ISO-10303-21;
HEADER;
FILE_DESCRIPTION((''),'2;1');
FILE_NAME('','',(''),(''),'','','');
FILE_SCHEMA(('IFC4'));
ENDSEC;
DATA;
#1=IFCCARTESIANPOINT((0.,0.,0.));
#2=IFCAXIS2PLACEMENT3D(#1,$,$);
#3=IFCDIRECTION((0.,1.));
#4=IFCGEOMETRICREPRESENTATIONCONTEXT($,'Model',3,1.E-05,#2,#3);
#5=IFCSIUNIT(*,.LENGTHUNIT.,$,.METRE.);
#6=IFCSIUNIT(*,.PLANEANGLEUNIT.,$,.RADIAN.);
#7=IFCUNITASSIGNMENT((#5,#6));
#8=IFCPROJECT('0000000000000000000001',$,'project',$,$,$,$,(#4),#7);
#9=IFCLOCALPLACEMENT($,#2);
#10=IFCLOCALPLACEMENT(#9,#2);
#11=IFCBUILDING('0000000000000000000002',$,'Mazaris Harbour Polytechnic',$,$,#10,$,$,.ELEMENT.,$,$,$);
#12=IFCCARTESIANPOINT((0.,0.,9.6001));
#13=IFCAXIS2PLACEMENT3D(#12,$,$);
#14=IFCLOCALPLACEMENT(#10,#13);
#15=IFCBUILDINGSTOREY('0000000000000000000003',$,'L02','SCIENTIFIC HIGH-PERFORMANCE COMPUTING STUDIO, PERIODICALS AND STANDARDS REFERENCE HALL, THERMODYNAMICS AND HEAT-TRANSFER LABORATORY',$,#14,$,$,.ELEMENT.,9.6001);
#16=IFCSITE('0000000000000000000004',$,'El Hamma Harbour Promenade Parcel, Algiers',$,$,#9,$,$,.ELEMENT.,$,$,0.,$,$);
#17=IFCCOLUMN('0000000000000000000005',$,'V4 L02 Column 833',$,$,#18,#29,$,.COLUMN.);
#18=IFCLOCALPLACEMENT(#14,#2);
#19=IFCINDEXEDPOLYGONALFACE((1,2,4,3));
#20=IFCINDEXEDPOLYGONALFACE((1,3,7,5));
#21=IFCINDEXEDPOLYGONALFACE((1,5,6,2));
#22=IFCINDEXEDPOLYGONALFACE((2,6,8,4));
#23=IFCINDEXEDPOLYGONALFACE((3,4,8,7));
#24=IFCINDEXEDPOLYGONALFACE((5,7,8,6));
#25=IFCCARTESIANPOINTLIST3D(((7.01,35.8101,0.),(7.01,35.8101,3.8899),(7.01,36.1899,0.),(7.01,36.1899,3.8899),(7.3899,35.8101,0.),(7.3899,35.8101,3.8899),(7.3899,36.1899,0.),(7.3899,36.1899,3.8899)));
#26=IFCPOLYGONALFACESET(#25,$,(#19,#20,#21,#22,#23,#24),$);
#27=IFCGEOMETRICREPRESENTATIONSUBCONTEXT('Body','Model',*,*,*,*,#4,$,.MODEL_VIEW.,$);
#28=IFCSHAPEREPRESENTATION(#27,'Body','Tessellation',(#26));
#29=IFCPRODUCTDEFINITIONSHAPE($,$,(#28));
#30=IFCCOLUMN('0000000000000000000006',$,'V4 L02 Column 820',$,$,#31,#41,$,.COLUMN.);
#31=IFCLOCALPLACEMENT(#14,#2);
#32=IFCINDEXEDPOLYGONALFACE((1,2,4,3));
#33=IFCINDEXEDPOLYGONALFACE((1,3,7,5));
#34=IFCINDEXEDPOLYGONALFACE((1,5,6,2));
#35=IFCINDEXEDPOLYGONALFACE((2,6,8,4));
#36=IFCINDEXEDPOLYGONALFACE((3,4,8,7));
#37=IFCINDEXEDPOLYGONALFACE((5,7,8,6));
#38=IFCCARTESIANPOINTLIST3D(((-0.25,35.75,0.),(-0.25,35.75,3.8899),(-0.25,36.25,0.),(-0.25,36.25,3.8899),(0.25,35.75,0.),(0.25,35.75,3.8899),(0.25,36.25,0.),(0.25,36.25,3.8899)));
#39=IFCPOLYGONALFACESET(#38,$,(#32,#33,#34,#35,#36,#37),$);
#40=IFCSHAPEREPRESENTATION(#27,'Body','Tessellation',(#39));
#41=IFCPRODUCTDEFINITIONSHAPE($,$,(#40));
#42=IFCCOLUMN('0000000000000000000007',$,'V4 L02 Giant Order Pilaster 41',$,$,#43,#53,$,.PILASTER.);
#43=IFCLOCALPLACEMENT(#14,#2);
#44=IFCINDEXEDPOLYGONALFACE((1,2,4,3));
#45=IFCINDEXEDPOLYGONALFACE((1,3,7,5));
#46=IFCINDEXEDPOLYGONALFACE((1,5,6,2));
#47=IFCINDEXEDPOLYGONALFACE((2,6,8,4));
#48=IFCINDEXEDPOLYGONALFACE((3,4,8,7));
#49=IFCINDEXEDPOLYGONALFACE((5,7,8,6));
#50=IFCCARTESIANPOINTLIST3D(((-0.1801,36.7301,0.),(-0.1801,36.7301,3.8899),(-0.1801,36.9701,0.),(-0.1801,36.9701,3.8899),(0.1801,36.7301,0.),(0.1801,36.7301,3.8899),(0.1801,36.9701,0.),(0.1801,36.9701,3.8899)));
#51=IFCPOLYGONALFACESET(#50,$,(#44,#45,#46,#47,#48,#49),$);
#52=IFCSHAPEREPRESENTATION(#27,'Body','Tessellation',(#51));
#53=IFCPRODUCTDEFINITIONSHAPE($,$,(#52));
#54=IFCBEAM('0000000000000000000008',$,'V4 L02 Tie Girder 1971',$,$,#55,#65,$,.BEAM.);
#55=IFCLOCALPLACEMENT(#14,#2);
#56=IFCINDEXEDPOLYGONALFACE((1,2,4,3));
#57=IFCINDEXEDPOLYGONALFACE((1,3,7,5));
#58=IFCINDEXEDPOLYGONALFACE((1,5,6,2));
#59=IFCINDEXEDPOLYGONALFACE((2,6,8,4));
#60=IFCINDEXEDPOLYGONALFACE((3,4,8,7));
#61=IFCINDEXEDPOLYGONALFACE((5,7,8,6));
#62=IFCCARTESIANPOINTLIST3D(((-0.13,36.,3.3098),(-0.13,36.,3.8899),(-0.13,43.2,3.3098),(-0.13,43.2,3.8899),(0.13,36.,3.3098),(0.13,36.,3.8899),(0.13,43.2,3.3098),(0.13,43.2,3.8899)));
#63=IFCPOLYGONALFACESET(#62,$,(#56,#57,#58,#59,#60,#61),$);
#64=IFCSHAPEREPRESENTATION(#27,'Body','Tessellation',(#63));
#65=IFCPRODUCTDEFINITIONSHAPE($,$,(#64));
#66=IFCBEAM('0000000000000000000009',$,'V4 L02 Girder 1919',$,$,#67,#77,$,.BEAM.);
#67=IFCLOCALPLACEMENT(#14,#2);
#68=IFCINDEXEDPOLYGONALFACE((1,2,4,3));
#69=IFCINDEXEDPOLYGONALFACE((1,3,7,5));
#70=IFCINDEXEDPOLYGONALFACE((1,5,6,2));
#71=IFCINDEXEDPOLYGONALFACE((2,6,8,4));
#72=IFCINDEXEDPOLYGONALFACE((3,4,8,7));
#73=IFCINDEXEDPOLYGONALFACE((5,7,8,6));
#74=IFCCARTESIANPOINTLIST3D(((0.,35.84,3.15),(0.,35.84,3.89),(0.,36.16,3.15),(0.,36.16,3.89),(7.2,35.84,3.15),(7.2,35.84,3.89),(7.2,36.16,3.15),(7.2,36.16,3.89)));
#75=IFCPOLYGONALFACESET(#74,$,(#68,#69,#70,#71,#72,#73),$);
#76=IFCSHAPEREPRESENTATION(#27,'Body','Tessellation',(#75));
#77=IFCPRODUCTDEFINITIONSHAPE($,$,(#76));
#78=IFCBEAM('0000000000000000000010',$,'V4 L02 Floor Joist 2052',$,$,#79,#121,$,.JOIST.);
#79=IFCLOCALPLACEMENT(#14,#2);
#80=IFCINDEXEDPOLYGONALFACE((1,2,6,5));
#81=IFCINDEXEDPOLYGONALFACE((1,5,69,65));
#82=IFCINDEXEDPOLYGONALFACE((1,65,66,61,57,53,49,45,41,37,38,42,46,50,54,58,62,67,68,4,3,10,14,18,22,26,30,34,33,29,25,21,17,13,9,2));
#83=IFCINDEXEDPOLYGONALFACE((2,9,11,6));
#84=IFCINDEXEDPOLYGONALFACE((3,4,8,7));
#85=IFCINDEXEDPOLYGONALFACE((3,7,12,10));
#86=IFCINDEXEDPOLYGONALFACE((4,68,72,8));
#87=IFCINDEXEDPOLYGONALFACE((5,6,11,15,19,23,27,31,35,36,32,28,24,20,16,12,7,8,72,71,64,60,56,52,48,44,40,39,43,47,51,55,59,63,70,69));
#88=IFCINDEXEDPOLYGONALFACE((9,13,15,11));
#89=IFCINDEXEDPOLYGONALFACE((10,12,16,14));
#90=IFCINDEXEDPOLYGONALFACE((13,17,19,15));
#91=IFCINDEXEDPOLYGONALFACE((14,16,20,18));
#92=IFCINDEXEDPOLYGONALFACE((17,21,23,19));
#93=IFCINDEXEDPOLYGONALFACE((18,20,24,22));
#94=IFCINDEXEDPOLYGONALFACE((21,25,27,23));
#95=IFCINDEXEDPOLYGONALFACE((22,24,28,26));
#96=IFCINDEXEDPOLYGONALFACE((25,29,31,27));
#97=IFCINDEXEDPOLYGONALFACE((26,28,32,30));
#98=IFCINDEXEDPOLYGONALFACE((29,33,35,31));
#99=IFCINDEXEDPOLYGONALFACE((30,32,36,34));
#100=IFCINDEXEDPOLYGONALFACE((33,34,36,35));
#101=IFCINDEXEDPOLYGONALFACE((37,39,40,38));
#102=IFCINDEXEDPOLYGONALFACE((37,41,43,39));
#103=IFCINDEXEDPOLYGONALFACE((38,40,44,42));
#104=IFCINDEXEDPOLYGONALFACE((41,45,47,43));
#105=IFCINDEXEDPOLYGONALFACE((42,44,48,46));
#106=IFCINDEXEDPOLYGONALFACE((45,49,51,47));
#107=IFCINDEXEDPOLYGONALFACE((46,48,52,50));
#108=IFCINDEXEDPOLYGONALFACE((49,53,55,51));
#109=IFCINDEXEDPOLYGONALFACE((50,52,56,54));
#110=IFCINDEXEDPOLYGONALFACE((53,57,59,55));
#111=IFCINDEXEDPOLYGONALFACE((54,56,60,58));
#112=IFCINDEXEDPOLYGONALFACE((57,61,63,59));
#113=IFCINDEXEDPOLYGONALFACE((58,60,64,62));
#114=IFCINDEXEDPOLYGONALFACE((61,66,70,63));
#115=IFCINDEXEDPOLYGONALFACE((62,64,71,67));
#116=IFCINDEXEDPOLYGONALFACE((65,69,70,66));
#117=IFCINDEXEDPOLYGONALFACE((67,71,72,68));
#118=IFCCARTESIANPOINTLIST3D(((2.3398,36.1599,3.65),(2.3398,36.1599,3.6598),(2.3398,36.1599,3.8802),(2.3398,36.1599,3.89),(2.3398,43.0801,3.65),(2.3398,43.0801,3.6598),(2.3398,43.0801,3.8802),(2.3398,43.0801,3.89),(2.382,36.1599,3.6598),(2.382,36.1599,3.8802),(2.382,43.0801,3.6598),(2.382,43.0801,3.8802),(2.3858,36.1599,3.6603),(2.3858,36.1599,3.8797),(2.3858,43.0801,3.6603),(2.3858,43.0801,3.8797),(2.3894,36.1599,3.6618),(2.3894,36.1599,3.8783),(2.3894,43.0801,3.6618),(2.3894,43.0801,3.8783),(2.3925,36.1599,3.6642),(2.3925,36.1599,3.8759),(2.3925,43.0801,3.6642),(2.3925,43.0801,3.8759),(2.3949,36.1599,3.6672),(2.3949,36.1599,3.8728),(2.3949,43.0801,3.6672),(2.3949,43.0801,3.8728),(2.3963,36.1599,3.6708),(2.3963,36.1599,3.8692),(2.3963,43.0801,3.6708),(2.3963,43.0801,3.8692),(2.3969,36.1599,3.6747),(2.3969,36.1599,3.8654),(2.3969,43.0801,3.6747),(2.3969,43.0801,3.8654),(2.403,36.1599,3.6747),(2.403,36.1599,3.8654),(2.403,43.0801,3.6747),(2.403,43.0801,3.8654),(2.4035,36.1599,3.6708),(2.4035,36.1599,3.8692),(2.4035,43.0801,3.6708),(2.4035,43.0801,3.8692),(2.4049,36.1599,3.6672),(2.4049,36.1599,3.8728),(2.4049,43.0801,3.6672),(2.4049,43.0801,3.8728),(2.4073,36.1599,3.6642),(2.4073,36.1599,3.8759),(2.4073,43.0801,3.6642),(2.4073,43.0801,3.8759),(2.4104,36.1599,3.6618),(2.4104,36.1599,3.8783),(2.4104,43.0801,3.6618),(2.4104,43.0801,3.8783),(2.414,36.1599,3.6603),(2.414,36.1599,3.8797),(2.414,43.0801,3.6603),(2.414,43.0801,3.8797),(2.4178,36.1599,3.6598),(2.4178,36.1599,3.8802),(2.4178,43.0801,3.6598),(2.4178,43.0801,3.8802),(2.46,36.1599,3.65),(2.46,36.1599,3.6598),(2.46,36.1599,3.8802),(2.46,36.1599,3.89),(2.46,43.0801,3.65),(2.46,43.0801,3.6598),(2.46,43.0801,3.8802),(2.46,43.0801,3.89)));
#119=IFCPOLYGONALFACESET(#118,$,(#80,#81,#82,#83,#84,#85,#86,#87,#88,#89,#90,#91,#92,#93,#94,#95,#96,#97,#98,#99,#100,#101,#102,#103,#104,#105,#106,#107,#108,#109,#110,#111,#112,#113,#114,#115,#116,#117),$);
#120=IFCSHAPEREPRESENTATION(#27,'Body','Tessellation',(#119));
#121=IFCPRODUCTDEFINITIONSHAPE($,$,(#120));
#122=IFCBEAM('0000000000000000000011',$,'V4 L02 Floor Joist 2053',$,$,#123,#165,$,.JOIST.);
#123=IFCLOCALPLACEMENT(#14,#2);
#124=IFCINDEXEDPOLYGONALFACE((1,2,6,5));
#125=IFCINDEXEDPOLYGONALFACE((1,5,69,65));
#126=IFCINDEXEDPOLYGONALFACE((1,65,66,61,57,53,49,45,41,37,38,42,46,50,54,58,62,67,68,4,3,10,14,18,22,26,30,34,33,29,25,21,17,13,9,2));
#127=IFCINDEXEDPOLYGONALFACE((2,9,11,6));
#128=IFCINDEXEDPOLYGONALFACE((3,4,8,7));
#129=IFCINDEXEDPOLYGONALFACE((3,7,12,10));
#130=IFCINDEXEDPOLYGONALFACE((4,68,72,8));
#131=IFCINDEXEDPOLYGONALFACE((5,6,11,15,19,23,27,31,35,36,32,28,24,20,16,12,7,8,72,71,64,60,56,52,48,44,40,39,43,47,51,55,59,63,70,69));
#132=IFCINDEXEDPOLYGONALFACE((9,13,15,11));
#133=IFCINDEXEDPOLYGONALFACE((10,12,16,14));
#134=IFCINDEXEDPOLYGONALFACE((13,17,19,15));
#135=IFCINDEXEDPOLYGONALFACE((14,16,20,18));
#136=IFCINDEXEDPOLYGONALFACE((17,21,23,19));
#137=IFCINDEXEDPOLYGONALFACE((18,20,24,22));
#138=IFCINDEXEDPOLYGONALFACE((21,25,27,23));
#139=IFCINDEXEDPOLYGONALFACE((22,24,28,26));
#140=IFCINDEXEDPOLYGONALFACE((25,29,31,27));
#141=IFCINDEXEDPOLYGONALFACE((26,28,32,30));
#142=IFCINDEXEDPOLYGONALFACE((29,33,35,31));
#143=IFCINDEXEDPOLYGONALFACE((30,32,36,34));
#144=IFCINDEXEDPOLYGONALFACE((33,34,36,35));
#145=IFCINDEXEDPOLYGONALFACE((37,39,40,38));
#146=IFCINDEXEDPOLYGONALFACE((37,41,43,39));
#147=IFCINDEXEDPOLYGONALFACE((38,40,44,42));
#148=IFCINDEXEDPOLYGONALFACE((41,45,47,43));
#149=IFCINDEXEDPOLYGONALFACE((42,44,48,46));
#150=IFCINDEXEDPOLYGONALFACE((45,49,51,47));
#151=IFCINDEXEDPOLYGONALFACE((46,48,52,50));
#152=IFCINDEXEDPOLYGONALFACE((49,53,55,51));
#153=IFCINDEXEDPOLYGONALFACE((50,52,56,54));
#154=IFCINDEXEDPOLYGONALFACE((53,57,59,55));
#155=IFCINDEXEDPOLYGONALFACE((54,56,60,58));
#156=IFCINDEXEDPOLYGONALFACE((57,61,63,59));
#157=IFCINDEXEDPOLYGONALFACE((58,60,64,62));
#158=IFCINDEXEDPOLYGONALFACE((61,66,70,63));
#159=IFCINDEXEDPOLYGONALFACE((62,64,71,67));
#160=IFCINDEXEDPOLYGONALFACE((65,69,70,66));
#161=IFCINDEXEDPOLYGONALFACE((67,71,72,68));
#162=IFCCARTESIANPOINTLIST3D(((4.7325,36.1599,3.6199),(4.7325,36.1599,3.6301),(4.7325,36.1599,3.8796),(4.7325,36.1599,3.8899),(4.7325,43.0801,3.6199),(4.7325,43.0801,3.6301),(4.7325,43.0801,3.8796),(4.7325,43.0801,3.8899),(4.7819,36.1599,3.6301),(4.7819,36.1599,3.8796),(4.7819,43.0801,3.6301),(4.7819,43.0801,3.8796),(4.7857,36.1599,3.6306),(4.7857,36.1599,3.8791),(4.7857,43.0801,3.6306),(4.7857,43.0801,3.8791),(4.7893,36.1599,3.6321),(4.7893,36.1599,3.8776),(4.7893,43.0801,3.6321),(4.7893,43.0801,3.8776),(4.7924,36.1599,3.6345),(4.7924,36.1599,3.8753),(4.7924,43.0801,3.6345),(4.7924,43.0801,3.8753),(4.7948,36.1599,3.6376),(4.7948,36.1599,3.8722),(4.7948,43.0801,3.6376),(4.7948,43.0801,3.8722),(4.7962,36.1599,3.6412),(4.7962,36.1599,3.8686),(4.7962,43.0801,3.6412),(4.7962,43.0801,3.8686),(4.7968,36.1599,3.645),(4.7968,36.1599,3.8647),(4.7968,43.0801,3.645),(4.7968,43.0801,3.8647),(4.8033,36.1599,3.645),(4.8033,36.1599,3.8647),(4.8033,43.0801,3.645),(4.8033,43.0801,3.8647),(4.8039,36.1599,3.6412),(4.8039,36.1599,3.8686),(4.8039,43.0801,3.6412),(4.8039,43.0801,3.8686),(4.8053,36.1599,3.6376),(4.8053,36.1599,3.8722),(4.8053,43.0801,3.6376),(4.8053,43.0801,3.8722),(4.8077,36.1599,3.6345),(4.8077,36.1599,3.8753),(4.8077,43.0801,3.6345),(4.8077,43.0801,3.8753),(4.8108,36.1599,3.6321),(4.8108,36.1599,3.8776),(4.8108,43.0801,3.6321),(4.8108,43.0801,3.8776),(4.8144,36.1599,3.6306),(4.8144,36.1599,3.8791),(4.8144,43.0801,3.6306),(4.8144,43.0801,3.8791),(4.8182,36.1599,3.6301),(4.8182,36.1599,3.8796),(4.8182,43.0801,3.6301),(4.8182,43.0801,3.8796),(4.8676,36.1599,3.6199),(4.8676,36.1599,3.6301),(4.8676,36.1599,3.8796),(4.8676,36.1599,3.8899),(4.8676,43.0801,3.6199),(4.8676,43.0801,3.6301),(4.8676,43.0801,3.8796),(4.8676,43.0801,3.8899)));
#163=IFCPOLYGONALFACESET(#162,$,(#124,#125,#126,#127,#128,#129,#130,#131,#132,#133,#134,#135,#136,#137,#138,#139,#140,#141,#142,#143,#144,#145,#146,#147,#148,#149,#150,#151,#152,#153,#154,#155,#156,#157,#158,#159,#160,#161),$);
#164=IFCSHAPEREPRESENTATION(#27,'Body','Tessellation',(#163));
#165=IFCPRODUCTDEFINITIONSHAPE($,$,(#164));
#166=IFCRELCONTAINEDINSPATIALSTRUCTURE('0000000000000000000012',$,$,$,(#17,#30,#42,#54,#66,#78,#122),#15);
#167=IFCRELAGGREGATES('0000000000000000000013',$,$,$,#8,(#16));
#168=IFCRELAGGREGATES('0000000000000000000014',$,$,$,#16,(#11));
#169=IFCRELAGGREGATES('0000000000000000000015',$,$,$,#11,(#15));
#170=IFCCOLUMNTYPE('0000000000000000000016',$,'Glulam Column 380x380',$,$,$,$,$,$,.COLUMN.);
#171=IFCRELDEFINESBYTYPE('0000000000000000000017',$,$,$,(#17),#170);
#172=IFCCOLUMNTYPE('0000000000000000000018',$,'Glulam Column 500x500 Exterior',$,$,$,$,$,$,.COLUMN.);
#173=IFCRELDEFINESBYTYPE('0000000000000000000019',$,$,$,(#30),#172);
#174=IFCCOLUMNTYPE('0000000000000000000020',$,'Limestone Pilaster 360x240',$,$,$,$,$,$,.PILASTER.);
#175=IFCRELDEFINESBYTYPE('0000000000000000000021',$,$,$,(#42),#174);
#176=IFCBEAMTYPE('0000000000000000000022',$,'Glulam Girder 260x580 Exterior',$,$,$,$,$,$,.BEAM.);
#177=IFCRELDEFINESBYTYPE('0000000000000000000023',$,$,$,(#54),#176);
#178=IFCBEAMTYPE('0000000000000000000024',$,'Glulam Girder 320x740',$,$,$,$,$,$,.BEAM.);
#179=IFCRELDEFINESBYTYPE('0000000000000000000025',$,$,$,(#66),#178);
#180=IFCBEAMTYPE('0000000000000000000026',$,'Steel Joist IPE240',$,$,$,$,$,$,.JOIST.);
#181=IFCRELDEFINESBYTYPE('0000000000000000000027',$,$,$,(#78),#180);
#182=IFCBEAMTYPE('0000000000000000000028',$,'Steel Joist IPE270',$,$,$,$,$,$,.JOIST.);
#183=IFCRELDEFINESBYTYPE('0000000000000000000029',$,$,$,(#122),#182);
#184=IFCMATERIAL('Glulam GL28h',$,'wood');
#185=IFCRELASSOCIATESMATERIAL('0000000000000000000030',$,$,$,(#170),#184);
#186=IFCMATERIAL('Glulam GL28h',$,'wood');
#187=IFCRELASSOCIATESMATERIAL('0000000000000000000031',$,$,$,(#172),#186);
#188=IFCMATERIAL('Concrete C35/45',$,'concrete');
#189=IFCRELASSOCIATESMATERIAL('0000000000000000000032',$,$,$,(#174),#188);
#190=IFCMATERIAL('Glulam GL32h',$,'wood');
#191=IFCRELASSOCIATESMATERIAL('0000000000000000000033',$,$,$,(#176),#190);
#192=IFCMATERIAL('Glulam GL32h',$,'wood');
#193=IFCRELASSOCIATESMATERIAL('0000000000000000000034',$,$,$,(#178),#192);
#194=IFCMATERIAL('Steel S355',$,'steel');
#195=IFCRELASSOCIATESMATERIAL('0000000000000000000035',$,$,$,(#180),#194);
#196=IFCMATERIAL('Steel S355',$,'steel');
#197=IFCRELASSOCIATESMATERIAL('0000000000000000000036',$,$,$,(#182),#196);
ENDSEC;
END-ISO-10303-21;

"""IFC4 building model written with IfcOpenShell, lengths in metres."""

from ifc_helpers import new_model, si_unit, direction, frame, origin, origin_2d, place, context, subcontext, project, spatial, rectangle, i_section, extrude, material, material_profile, profile_set, type_object, element, save


model = new_model("IFC4")

# Units and contexts
model_context = context("Model", 3, precision=1e-05, world=origin(), true_north=direction((0.0, 1.0)))
body_context = subcontext(model_context, "Body", "Model", "MODEL_VIEW")
ifc_project = project(units=[si_unit("LENGTHUNIT", "METRE"), si_unit("PLANEANGLEUNIT", "RADIAN")], contexts=[model_context])

# Site, building, storey
site_placement = place(None, origin())
site = spatial("IfcSite", under=ifc_project, at=site_placement, Name="El Hamma Harbour Promenade Parcel, Algiers", CompositionType="ELEMENT", RefElevation=0.0)
building_placement = place(site_placement, origin())
building = spatial("IfcBuilding", under=site, at=building_placement, Name="Mazaris Harbour Polytechnic", CompositionType="ELEMENT")
storey_placement = place(building_placement, frame((0.0, 0.0, 9.6001)))
storey = spatial("IfcBuildingStorey", under=building, at=storey_placement, Name="L02", Description="SCIENTIFIC HIGH-PERFORMANCE COMPUTING STUDIO, PERIODICALS AND STANDARDS REFERENCE HALL, THERMODYNAMICS AND HEAT-TRANSFER LABORATORY", CompositionType="ELEMENT", Elevation=9.6001)

# Columns
ifc_material_1 = material(Name="Glulam GL28h", Category="wood")
ifc_material_profile_1 = material_profile(ifc_material_1, rectangle(XDim=0.3799, YDim=0.3799, at=origin_2d()), Name="RECT380x380")
ifc_profile_set_1 = profile_set([ifc_material_profile_1], Name="Glulam GL28h")
column_type_1 = type_object("IfcColumnType", Name="Glulam Column 380x380", PredefinedType="COLUMN", material=ifc_profile_set_1)
column_1_placement = place(storey_placement, frame((7.2, 36.0, 0.0), z_axis=(0.0, 0.0, 1.0), x_axis=(1.0, 0.0, 0.0)))
element("IfcColumn", 1, at=column_1_placement, inside=storey, type_object=column_type_1, Name="V4 L02 Column 833", PredefinedType="COLUMN", context=body_context, shape_type="SweptSolid", body=[
    extrude(rectangle(XDim=0.3799, YDim=0.3799, at=origin_2d()), origin(), (0.0, 0.0, 1.0), 3.8899),
])
ifc_material_2 = material(Name="Glulam GL28h", Category="wood")
ifc_material_profile_2 = material_profile(ifc_material_2, rectangle(XDim=0.5, YDim=0.5, at=origin_2d()), Name="RECT500x500")
ifc_profile_set_2 = profile_set([ifc_material_profile_2], Name="Glulam GL28h")
column_type_2 = type_object("IfcColumnType", Name="Glulam Column 500x500 Exterior", PredefinedType="COLUMN", material=ifc_profile_set_2)
column_2_placement = place(storey_placement, frame((0.0, 36.0, 0.0), z_axis=(0.0, 0.0, 1.0), x_axis=(1.0, 0.0, 0.0)))
element("IfcColumn", 2, at=column_2_placement, inside=storey, type_object=column_type_2, Name="V4 L02 Column 820", PredefinedType="COLUMN", context=body_context, shape_type="SweptSolid", body=[
    extrude(rectangle(XDim=0.5, YDim=0.5, at=origin_2d()), origin(), (0.0, 0.0, 1.0), 3.8899),
])
ifc_material_3 = material(Name="Concrete C35/45", Category="concrete")
ifc_material_profile_3 = material_profile(ifc_material_3, rectangle(XDim=0.3601, YDim=0.24, at=origin_2d()), Name="RECT360x240")
ifc_profile_set_3 = profile_set([ifc_material_profile_3], Name="Concrete C35/45")
column_type_3 = type_object("IfcColumnType", Name="Limestone Pilaster 360x240", PredefinedType="PILASTER", material=ifc_profile_set_3)
column_3_placement = place(storey_placement, frame((0.0, 36.8501, 0.0), z_axis=(0.0, 0.0, 1.0), x_axis=(1.0, 0.0, 0.0)))
element("IfcColumn", 3, at=column_3_placement, inside=storey, type_object=column_type_3, Name="V4 L02 Giant Order Pilaster 41", PredefinedType="PILASTER", context=body_context, shape_type="SweptSolid", body=[
    extrude(rectangle(XDim=0.3601, YDim=0.24, at=origin_2d()), origin(), (0.0, 0.0, 1.0), 3.8899),
])

# Beams
ifc_material_4 = material(Name="Glulam GL32h", Category="wood")
ifc_material_profile_4 = material_profile(ifc_material_4, rectangle(XDim=0.26, YDim=0.5801, at=origin_2d()), Name="RECT260x580")
ifc_profile_set_4 = profile_set([ifc_material_profile_4], Name="Glulam GL32h")
beam_type_1 = type_object("IfcBeamType", Name="Glulam Girder 260x580 Exterior", PredefinedType="BEAM", material=ifc_profile_set_4)
beam_1_placement = place(storey_placement, frame((0.0, 36.0, 3.5999), z_axis=(0.0, 1.0, 0.0), x_axis=(-1.0, 0.0, 0.0)))
element("IfcBeam", 4, at=beam_1_placement, inside=storey, type_object=beam_type_1, Name="V4 L02 Tie Girder 1971", PredefinedType="BEAM", context=body_context, shape_type="SweptSolid", body=[
    extrude(rectangle(XDim=0.26, YDim=0.5801, at=origin_2d()), origin(), (0.0, 0.0, 1.0), 7.2),
])
ifc_material_5 = material(Name="Glulam GL32h", Category="wood")
ifc_material_profile_5 = material_profile(ifc_material_5, rectangle(XDim=0.3201, YDim=0.74, at=origin_2d()), Name="RECT320x740")
ifc_profile_set_5 = profile_set([ifc_material_profile_5], Name="Glulam GL32h")
beam_type_2 = type_object("IfcBeamType", Name="Glulam Girder 320x740", PredefinedType="BEAM", material=ifc_profile_set_5)
beam_2_placement = place(storey_placement, frame((0.0, 36.0, 3.52), z_axis=(1.0, 0.0, 0.0), x_axis=(0.0, 1.0, 0.0)))
element("IfcBeam", 5, at=beam_2_placement, inside=storey, type_object=beam_type_2, Name="V4 L02 Girder 1919", PredefinedType="BEAM", context=body_context, shape_type="SweptSolid", body=[
    extrude(rectangle(XDim=0.3201, YDim=0.74, at=origin_2d()), origin(), (0.0, 0.0, 1.0), 7.2),
])
ifc_material_6 = material(Name="Steel S355", Category="steel")
ifc_material_profile_6 = material_profile(ifc_material_6, i_section(OverallWidth=0.1201, OverallDepth=0.24, WebThickness=0.0061, FlangeThickness=0.0098, FilletRadius=0.0149, at=origin_2d()), Name="IPE 240")
ifc_profile_set_6 = profile_set([ifc_material_profile_6], Name="Steel S355")
beam_type_3 = type_object("IfcBeamType", Name="Steel Joist IPE240", PredefinedType="JOIST", material=ifc_profile_set_6)
beam_3_placement = place(storey_placement, frame((2.3999, 36.1599, 3.77), z_axis=(0.0, 1.0, 0.0), x_axis=(-1.0, 0.0, 0.0)))
element("IfcBeam", 6, at=beam_3_placement, inside=storey, type_object=beam_type_3, Name="V4 L02 Floor Joist 2052", PredefinedType="JOIST", context=body_context, shape_type="SweptSolid", body=[
    extrude(i_section(OverallWidth=0.1201, OverallDepth=0.24, WebThickness=0.0061, FlangeThickness=0.0098, FilletRadius=0.0149, at=origin_2d()), origin(), (0.0, 0.0, 1.0), 6.9202),
])
ifc_material_7 = material(Name="Steel S355", Category="steel")
ifc_material_profile_7 = material_profile(ifc_material_7, i_section(OverallWidth=0.135, OverallDepth=0.27, WebThickness=0.0066, FlangeThickness=0.0103, FilletRadius=0.0149, at=origin_2d()), Name="IPE 270")
ifc_profile_set_7 = profile_set([ifc_material_profile_7], Name="Steel S355")
beam_type_4 = type_object("IfcBeamType", Name="Steel Joist IPE270", PredefinedType="JOIST", material=ifc_profile_set_7)
beam_4_placement = place(storey_placement, frame((4.8, 36.1599, 3.7549), z_axis=(0.0, 1.0, 0.0), x_axis=(-1.0, 0.0, 0.0)))
element("IfcBeam", 7, at=beam_4_placement, inside=storey, type_object=beam_type_4, Name="V4 L02 Floor Joist 2053", PredefinedType="JOIST", context=body_context, shape_type="SweptSolid", body=[
    extrude(i_section(OverallWidth=0.135, OverallDepth=0.27, WebThickness=0.0066, FlangeThickness=0.0103, FilletRadius=0.0149, at=origin_2d()), origin(), (0.0, 0.0, 1.0), 6.9202),
])

save(model, "model.ifc")
